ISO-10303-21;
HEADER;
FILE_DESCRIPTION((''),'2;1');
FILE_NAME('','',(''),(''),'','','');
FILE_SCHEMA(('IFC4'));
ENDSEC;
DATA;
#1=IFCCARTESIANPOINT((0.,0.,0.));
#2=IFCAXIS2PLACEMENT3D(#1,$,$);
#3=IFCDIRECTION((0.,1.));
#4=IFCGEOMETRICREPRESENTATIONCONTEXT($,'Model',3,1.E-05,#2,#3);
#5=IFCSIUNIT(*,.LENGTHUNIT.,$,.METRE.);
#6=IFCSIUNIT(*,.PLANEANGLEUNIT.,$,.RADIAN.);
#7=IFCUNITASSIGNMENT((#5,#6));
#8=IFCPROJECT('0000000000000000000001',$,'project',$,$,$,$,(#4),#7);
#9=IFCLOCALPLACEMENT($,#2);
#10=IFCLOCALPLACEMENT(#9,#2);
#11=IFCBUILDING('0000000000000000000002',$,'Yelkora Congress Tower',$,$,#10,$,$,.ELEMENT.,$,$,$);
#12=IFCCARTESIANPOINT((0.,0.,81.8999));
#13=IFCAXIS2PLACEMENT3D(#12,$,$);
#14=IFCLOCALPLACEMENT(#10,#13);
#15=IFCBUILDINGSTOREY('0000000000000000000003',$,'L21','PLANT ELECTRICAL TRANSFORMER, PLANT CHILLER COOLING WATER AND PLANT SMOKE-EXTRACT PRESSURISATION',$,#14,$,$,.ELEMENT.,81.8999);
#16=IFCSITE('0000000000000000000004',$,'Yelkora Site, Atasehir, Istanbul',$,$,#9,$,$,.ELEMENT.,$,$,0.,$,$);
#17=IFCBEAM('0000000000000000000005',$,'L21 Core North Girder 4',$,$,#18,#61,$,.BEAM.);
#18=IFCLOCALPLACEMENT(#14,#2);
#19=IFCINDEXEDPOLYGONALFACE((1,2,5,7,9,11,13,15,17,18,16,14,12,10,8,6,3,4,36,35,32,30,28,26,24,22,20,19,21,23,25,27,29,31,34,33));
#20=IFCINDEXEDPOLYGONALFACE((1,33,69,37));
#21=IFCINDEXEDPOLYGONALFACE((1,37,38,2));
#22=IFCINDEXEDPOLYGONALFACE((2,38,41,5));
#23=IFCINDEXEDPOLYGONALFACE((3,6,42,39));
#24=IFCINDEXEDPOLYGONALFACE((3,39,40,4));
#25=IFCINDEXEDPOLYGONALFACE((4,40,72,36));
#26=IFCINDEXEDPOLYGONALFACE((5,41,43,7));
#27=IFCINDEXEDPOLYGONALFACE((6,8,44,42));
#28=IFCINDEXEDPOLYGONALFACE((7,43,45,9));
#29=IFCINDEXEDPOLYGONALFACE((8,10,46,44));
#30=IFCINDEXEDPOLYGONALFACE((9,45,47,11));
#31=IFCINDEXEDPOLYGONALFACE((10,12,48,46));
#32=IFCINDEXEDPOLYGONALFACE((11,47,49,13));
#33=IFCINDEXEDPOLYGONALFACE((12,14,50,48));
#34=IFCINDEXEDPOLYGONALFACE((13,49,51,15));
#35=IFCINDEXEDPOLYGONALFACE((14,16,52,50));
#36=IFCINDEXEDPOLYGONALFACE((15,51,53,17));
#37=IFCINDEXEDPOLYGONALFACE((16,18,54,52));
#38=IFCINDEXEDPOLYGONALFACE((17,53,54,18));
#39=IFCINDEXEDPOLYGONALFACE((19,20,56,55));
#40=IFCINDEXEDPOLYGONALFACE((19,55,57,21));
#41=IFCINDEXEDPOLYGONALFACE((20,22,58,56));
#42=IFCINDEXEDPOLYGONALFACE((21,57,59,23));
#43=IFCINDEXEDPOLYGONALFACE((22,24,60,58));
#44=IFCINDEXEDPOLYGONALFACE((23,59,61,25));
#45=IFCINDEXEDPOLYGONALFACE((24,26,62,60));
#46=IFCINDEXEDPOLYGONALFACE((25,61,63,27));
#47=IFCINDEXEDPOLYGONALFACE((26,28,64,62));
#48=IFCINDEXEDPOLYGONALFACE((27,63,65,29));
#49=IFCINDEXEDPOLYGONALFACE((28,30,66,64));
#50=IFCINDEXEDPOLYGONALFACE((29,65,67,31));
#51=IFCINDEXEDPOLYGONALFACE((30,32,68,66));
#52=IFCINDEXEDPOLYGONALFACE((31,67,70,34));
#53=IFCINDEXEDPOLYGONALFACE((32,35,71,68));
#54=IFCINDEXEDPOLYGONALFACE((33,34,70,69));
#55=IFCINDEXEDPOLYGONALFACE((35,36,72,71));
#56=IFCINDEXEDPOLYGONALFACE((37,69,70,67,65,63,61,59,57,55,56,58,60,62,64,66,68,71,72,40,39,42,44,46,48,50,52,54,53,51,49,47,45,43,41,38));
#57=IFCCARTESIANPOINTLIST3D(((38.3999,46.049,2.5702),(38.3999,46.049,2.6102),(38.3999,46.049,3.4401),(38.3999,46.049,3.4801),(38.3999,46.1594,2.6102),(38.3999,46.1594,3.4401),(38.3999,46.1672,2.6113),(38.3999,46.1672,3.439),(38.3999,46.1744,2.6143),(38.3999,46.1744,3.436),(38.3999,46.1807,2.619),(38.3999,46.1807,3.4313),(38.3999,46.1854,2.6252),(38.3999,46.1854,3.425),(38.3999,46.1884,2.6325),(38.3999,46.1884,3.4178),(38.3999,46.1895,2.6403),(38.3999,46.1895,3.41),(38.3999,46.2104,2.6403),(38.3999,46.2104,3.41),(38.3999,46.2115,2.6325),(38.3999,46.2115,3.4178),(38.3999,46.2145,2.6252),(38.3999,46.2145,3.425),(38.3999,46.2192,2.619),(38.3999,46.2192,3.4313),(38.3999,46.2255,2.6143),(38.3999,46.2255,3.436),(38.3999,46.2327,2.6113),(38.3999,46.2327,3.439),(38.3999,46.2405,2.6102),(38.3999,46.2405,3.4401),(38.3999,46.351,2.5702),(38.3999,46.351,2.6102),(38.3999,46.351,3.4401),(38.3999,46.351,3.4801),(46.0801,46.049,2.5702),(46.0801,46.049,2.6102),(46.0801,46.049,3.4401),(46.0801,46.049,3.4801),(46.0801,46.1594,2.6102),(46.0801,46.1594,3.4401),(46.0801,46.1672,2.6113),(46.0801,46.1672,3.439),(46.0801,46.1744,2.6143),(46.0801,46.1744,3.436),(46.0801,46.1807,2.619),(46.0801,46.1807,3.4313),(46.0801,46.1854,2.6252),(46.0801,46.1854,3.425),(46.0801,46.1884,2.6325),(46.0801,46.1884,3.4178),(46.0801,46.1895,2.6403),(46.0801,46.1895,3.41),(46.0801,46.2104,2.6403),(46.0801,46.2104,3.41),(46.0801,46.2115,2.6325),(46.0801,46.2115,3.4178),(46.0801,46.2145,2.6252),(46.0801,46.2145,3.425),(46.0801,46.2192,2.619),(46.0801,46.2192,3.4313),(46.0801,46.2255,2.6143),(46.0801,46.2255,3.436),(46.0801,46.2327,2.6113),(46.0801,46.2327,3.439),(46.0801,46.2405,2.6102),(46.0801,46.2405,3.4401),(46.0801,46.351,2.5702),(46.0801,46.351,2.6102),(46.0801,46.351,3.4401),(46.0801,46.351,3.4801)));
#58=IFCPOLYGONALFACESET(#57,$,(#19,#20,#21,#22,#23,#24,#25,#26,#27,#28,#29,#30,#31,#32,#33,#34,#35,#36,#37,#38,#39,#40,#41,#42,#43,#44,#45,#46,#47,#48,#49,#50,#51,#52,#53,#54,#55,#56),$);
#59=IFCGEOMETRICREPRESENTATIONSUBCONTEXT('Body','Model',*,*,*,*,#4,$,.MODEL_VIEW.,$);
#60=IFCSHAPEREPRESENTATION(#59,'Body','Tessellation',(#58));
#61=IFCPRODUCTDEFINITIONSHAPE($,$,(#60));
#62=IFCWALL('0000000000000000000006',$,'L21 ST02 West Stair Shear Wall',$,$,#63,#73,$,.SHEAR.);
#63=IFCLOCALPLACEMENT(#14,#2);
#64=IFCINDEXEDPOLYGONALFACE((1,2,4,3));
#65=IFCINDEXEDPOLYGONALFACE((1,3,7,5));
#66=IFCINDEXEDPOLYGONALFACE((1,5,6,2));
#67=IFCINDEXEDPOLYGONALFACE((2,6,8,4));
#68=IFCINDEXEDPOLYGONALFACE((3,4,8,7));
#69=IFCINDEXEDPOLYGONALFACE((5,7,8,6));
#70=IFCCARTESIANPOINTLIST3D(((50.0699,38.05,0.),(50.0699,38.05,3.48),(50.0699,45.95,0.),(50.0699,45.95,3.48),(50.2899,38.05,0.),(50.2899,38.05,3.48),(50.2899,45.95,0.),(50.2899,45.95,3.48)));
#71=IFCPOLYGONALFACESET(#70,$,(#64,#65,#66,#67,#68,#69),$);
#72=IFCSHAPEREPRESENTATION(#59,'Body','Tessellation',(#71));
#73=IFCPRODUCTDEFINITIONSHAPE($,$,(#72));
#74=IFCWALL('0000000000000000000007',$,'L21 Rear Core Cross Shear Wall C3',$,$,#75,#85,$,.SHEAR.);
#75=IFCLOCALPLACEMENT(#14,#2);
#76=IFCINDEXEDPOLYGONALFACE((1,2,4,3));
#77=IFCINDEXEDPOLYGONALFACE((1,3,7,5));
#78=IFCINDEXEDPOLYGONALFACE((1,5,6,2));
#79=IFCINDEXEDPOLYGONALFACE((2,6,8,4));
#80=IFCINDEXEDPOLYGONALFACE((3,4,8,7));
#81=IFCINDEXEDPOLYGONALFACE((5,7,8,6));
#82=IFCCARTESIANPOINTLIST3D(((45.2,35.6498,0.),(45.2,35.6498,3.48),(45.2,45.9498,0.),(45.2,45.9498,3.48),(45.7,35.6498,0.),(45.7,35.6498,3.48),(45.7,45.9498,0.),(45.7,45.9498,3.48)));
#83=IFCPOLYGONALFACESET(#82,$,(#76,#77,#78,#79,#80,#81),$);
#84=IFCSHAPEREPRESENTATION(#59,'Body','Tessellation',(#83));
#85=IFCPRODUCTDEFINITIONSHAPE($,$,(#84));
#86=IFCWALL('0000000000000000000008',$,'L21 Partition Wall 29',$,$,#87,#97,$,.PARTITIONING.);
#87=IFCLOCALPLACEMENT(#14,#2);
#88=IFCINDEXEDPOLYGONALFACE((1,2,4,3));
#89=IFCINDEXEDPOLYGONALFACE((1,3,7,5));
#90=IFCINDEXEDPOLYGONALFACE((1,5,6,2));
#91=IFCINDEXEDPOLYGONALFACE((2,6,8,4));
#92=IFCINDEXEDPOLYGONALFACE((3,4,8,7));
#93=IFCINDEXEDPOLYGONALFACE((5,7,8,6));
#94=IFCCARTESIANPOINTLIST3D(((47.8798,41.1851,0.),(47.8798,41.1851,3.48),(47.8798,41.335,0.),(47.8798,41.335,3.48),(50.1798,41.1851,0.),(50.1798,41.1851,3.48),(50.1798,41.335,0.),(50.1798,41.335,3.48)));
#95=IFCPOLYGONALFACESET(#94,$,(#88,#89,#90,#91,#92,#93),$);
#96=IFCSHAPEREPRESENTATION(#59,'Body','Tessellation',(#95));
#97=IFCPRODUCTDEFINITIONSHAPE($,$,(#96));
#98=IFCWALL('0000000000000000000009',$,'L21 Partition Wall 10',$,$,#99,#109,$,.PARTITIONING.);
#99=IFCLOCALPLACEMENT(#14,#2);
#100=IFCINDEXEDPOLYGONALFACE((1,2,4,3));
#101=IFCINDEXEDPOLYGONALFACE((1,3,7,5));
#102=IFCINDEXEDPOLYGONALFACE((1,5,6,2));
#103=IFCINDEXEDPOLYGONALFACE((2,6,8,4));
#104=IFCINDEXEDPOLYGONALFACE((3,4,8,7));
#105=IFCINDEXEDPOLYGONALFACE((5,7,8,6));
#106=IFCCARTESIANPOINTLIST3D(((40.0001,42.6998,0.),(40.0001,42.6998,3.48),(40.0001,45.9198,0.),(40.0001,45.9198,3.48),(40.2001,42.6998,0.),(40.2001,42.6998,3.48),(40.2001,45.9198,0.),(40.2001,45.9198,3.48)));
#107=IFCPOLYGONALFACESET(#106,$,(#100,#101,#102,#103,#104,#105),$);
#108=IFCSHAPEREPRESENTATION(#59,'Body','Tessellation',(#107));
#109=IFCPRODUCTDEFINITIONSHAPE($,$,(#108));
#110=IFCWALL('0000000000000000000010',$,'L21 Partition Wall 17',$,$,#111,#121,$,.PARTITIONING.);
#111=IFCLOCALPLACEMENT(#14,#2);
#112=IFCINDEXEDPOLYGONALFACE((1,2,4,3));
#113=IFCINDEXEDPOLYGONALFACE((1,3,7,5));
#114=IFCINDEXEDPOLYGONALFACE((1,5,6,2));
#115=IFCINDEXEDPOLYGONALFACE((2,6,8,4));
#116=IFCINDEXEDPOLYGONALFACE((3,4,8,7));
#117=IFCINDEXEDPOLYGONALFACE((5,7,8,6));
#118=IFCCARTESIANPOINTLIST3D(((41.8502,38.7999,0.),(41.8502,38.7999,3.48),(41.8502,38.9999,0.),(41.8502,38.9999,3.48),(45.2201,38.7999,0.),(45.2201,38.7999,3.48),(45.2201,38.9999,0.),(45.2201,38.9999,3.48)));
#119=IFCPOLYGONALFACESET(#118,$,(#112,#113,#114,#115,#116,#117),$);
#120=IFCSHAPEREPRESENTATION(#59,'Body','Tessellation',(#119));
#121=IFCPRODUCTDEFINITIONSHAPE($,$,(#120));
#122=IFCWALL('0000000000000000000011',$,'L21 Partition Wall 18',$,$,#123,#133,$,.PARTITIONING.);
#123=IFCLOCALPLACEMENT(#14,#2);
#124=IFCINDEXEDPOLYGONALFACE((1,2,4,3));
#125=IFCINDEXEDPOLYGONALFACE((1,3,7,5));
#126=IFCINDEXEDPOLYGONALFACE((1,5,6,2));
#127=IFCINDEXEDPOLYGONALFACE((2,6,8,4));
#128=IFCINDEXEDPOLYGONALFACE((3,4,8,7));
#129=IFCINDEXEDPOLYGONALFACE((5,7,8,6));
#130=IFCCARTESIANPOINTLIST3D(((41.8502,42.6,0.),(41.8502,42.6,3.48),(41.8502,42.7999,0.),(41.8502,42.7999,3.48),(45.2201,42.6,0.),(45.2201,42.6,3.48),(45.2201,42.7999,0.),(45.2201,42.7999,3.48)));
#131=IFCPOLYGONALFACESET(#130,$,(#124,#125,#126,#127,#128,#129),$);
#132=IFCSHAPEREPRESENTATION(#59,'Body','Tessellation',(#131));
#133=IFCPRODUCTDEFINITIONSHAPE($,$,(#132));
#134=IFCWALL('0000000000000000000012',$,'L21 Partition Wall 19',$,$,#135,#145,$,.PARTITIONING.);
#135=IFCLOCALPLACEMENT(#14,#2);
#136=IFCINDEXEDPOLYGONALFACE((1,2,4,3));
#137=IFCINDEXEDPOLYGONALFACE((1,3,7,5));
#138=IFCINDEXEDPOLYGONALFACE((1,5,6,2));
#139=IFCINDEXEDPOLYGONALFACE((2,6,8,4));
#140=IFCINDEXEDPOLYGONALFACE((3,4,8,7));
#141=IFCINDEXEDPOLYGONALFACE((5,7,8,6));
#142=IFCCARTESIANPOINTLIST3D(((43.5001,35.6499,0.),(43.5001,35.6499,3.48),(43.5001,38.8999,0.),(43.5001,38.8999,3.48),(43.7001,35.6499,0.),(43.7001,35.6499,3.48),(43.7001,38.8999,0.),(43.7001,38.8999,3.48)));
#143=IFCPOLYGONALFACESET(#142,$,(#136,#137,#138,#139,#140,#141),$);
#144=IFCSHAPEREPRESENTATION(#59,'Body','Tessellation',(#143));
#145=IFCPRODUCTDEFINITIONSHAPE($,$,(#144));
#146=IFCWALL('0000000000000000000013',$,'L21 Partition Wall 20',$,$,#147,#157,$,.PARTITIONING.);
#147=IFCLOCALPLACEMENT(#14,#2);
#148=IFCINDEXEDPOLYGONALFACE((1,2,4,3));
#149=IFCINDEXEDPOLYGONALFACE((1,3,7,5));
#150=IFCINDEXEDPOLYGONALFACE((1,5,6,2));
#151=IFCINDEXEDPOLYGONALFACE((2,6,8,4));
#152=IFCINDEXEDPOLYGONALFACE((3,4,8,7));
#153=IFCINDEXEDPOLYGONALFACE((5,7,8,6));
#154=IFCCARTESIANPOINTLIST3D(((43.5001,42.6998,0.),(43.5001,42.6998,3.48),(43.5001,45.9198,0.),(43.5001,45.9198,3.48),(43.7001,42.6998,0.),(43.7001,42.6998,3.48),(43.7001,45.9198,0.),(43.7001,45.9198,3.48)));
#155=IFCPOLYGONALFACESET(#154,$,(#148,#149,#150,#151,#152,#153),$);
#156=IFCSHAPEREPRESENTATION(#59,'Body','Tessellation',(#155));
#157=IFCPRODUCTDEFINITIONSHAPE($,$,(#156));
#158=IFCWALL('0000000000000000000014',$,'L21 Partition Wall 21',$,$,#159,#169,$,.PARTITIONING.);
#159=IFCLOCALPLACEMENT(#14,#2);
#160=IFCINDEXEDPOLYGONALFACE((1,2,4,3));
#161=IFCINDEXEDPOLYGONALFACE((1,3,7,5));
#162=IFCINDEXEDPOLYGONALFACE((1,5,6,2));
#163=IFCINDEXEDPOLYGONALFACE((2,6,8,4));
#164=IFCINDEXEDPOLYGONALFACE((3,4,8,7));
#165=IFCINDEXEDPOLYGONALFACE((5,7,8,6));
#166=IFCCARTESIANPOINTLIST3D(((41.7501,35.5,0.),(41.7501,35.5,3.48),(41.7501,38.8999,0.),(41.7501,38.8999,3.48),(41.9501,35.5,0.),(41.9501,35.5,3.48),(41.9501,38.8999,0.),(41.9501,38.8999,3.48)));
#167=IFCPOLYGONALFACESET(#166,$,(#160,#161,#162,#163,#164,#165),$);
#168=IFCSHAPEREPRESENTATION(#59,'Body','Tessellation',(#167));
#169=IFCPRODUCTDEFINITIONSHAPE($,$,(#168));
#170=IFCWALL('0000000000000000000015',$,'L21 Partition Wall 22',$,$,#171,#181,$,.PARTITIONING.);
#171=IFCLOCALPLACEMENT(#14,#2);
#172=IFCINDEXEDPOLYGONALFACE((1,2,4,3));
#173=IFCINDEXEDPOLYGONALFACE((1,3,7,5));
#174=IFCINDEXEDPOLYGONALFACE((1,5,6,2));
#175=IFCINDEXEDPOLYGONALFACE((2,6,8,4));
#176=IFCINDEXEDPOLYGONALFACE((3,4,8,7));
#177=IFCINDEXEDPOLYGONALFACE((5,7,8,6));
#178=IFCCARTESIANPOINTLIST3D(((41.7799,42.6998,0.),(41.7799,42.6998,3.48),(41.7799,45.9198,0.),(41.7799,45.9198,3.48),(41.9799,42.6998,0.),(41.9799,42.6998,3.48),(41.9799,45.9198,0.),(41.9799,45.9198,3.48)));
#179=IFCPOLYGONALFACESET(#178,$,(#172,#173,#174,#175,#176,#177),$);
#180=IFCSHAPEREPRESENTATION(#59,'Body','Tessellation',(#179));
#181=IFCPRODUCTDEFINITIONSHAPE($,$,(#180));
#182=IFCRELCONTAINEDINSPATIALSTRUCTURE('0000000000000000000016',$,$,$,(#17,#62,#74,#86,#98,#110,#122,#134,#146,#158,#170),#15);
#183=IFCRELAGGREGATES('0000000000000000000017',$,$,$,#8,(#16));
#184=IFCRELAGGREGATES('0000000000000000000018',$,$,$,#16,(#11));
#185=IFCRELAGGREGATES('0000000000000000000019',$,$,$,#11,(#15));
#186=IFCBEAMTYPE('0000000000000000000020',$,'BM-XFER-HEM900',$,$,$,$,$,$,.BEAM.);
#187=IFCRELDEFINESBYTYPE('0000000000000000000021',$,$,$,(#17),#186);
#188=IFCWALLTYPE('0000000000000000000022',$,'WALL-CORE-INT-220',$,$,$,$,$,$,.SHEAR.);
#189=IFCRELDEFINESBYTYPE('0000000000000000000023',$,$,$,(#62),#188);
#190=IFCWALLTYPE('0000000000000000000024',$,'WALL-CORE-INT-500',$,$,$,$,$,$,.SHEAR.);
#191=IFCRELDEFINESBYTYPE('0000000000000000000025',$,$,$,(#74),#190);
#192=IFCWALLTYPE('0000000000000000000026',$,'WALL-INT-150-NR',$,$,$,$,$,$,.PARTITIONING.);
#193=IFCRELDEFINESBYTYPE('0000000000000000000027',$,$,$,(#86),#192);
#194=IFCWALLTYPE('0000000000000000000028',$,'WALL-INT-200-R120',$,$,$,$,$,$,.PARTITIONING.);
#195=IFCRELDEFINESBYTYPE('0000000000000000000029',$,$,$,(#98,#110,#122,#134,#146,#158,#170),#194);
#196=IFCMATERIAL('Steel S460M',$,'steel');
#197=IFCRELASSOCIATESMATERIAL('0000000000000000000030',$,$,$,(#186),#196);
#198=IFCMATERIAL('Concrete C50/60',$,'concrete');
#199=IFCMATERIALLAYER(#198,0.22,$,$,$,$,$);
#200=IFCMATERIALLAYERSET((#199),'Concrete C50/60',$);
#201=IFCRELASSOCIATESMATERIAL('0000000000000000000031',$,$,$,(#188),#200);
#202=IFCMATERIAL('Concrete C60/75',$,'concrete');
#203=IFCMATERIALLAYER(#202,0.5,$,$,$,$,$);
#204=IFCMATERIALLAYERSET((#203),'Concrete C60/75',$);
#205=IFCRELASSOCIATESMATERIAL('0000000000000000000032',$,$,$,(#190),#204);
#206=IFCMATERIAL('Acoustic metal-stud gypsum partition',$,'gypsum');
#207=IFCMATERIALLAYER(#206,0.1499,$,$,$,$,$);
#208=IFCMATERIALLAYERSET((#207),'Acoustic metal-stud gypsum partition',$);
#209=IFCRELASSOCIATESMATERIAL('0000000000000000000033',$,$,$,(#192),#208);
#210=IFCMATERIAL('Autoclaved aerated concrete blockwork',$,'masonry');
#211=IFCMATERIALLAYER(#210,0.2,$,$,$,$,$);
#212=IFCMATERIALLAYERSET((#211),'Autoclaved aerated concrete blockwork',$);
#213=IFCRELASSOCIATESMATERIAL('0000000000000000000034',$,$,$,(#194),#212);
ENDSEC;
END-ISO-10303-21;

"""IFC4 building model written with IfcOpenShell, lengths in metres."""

from ifc_helpers import new_model, si_unit, direction, frame, frame_2d, origin, origin_2d, place, context, subcontext, project, spatial, rectangle, i_section, extrude, material, layer, layer_set, material_profile, profile_set, type_object, element, save


model = new_model("IFC4")

# Units and contexts
model_context = context("Model", 3, precision=1e-05, world=origin(), true_north=direction((0.0, 1.0)))
body_context = subcontext(model_context, "Body", "Model", "MODEL_VIEW")
ifc_project = project(units=[si_unit("LENGTHUNIT", "METRE"), si_unit("PLANEANGLEUNIT", "RADIAN")], contexts=[model_context])

# Site, building, storey
site_placement = place(None, origin())
site = spatial("IfcSite", under=ifc_project, at=site_placement, Name="Yelkora Site, Atasehir, Istanbul", CompositionType="ELEMENT", RefElevation=0.0)
building_placement = place(site_placement, origin())
building = spatial("IfcBuilding", under=site, at=building_placement, Name="Yelkora Congress Tower", CompositionType="ELEMENT")
storey_placement = place(building_placement, frame((0.0, 0.0, 81.8999)))
storey = spatial("IfcBuildingStorey", under=building, at=storey_placement, Name="L21", Description="PLANT ELECTRICAL TRANSFORMER, PLANT CHILLER COOLING WATER AND PLANT SMOKE-EXTRACT PRESSURISATION", CompositionType="ELEMENT", Elevation=81.8999)

# Shared definitions
ifc_material_1 = material(Name="Concrete C60/75", Category="concrete")

# Beam
ifc_material_2 = material(Name="Steel S460M", Category="steel")
ifc_material_profile_1 = material_profile(ifc_material_2, i_section(OverallWidth=0.302, OverallDepth=0.9099, WebThickness=0.021, FlangeThickness=0.04, FilletRadius=0.03, at=origin_2d()), Name="HEM 900")
ifc_profile_set_1 = profile_set([ifc_material_profile_1], Name="Steel S460M")
beam_type_1 = type_object("IfcBeamType", Name="BM-XFER-HEM900", PredefinedType="BEAM", material=ifc_profile_set_1)
beam_placement = place(storey_placement, frame((38.3999, 46.2, 3.0251), z_axis=(1.0, 0.0, 0.0), x_axis=(0.0, 1.0, 0.0)))
element("IfcBeam", 1, at=beam_placement, inside=storey, type_object=beam_type_1, Name="L21 Core North Girder 4", PredefinedType="BEAM", context=body_context, shape_type="SweptSolid", body=[
    extrude(i_section(OverallWidth=0.302, OverallDepth=0.9099, WebThickness=0.021, FlangeThickness=0.04, FilletRadius=0.03, at=origin_2d()), origin(), (0.0, 0.0, 1.0), 7.6802),
])

# Walls
ifc_material_3 = material(Name="Concrete C50/60", Category="concrete")
ifc_layer_1 = layer(ifc_material_3, 0.22)
ifc_layer_set_1 = layer_set([ifc_layer_1], Name="Concrete C50/60")
wall_type_1 = type_object("IfcWallType", Name="WALL-CORE-INT-220", PredefinedType="SHEAR", material=ifc_layer_set_1)
wall_1_placement = place(storey_placement, frame((50.1799, 38.05, 0.0), z_axis=(0.0, 0.0, 1.0), x_axis=(0.0, 1.0, 0.0)))
element("IfcWall", 2, at=wall_1_placement, inside=storey, type_object=wall_type_1, Name="L21 ST02 West Stair Shear Wall", PredefinedType="SHEAR", context=body_context, shape_type="SweptSolid", body=[
    extrude(rectangle(XDim=7.8999, YDim=0.22, at=frame_2d((3.95, 0.0))), origin(), (0.0, 0.0, 1.0), 3.48),
])
ifc_layer_2 = layer(ifc_material_1, 0.5)
ifc_layer_set_2 = layer_set([ifc_layer_2], Name="Concrete C60/75")
wall_type_2 = type_object("IfcWallType", Name="WALL-CORE-INT-500", PredefinedType="SHEAR", material=ifc_layer_set_2)
wall_2_placement = place(storey_placement, frame((45.45, 35.6499, 0.0), z_axis=(0.0, 0.0, 1.0), x_axis=(0.0, 1.0, 0.0)))
element("IfcWall", 3, at=wall_2_placement, inside=storey, type_object=wall_type_2, Name="L21 Rear Core Cross Shear Wall C3", PredefinedType="SHEAR", context=body_context, shape_type="SweptSolid", body=[
    extrude(rectangle(XDim=10.3, YDim=0.5, at=frame_2d((5.1499, 0.0))), origin(), (0.0, 0.0, 1.0), 3.48),
])

# Shared definitions
ifc_material_4 = material(Name="Acoustic metal-stud gypsum partition", Category="gypsum")
ifc_layer_3 = layer(ifc_material_4, 0.1499)
ifc_layer_set_3 = layer_set([ifc_layer_3], Name="Acoustic metal-stud gypsum partition")
wall_type_3 = type_object("IfcWallType", Name="WALL-INT-150-NR", PredefinedType="PARTITIONING", material=ifc_layer_set_3)

# Wall
wall_3_placement = place(storey_placement, frame((47.8799, 41.26, 0.0), z_axis=(0.0, 0.0, 1.0), x_axis=(1.0, 0.0, 0.0)))
element("IfcWall", 4, at=wall_3_placement, inside=storey, type_object=wall_type_3, Name="L21 Partition Wall 29", PredefinedType="PARTITIONING", context=body_context, shape_type="SweptSolid", body=[
    extrude(rectangle(XDim=2.3, YDim=0.1499, at=frame_2d((1.1499, 0.0))), origin(), (0.0, 0.0, 1.0), 3.48),
])

# Walls
ifc_material_5 = material(Name="Autoclaved aerated concrete blockwork", Category="masonry")
ifc_layer_4 = layer(ifc_material_5, 0.2)
ifc_layer_set_4 = layer_set([ifc_layer_4], Name="Autoclaved aerated concrete blockwork")
wall_type_4 = type_object("IfcWallType", Name="WALL-INT-200-R120", PredefinedType="PARTITIONING", material=ifc_layer_set_4)
wall_4_placement = place(storey_placement, frame((40.1001, 42.7, 0.0), z_axis=(0.0, 0.0, 1.0), x_axis=(0.0, 1.0, 0.0)))
element("IfcWall", 5, at=wall_4_placement, inside=storey, type_object=wall_type_4, Name="L21 Partition Wall 10", PredefinedType="PARTITIONING", context=body_context, shape_type="SweptSolid", body=[
    extrude(rectangle(XDim=3.22, YDim=0.2, at=frame_2d((1.6099, 0.0))), origin(), (0.0, 0.0, 1.0), 3.48),
])
for number, where, z_axis, x_axis, name in (
    (6, (41.8501, 38.8999, 0.0), (0.0, 0.0, 1.0), (1.0, 0.0, 0.0), "L21 Partition Wall 17"),
    (7, (41.8501, 42.7, 0.0), (0.0, 0.0, 1.0), (1.0, 0.0, 0.0), "L21 Partition Wall 18"),
):
    element("IfcWall", number, at=place(storey_placement, frame(where, z_axis=z_axis, x_axis=x_axis)), inside=storey, type_object=wall_type_4, Name=name, PredefinedType="PARTITIONING", context=body_context, shape_type="SweptSolid", body=[
        extrude(rectangle(XDim=3.3699, YDim=0.2, at=frame_2d((1.6851, 0.0))), origin(), (0.0, 0.0, 1.0), 3.48),
    ])
wall_5_placement = place(storey_placement, frame((43.6001, 35.6499, 0.0), z_axis=(0.0, 0.0, 1.0), x_axis=(0.0, 1.0, 0.0)))
element("IfcWall", 8, at=wall_5_placement, inside=storey, type_object=wall_type_4, Name="L21 Partition Wall 19", PredefinedType="PARTITIONING", context=body_context, shape_type="SweptSolid", body=[
    extrude(rectangle(XDim=3.25, YDim=0.2, at=frame_2d((1.625, 0.0))), origin(), (0.0, 0.0, 1.0), 3.48),
])
wall_6_placement = place(storey_placement, frame((43.6001, 42.7, 0.0), z_axis=(0.0, 0.0, 1.0), x_axis=(0.0, 1.0, 0.0)))
element("IfcWall", 9, at=wall_6_placement, inside=storey, type_object=wall_type_4, Name="L21 Partition Wall 20", PredefinedType="PARTITIONING", context=body_context, shape_type="SweptSolid", body=[
    extrude(rectangle(XDim=3.22, YDim=0.2, at=frame_2d((1.6099, 0.0))), origin(), (0.0, 0.0, 1.0), 3.48),
])
wall_7_placement = place(storey_placement, frame((41.8501, 35.5, 0.0), z_axis=(0.0, 0.0, 1.0), x_axis=(0.0, 1.0, 0.0)))
element("IfcWall", 10, at=wall_7_placement, inside=storey, type_object=wall_type_4, Name="L21 Partition Wall 21", PredefinedType="PARTITIONING", context=body_context, shape_type="SweptSolid", body=[
    extrude(rectangle(XDim=3.3999, YDim=0.2, at=frame_2d((1.7, 0.0))), origin(), (0.0, 0.0, 1.0), 3.48),
])
wall_8_placement = place(storey_placement, frame((41.8799, 42.7, 0.0), z_axis=(0.0, 0.0, 1.0), x_axis=(0.0, 1.0, 0.0)))
element("IfcWall", 11, at=wall_8_placement, inside=storey, type_object=wall_type_4, Name="L21 Partition Wall 22", PredefinedType="PARTITIONING", context=body_context, shape_type="SweptSolid", body=[
    extrude(rectangle(XDim=3.22, YDim=0.2, at=frame_2d((1.6099, 0.0))), origin(), (0.0, 0.0, 1.0), 3.48),
])

save(model, "model.ifc")
